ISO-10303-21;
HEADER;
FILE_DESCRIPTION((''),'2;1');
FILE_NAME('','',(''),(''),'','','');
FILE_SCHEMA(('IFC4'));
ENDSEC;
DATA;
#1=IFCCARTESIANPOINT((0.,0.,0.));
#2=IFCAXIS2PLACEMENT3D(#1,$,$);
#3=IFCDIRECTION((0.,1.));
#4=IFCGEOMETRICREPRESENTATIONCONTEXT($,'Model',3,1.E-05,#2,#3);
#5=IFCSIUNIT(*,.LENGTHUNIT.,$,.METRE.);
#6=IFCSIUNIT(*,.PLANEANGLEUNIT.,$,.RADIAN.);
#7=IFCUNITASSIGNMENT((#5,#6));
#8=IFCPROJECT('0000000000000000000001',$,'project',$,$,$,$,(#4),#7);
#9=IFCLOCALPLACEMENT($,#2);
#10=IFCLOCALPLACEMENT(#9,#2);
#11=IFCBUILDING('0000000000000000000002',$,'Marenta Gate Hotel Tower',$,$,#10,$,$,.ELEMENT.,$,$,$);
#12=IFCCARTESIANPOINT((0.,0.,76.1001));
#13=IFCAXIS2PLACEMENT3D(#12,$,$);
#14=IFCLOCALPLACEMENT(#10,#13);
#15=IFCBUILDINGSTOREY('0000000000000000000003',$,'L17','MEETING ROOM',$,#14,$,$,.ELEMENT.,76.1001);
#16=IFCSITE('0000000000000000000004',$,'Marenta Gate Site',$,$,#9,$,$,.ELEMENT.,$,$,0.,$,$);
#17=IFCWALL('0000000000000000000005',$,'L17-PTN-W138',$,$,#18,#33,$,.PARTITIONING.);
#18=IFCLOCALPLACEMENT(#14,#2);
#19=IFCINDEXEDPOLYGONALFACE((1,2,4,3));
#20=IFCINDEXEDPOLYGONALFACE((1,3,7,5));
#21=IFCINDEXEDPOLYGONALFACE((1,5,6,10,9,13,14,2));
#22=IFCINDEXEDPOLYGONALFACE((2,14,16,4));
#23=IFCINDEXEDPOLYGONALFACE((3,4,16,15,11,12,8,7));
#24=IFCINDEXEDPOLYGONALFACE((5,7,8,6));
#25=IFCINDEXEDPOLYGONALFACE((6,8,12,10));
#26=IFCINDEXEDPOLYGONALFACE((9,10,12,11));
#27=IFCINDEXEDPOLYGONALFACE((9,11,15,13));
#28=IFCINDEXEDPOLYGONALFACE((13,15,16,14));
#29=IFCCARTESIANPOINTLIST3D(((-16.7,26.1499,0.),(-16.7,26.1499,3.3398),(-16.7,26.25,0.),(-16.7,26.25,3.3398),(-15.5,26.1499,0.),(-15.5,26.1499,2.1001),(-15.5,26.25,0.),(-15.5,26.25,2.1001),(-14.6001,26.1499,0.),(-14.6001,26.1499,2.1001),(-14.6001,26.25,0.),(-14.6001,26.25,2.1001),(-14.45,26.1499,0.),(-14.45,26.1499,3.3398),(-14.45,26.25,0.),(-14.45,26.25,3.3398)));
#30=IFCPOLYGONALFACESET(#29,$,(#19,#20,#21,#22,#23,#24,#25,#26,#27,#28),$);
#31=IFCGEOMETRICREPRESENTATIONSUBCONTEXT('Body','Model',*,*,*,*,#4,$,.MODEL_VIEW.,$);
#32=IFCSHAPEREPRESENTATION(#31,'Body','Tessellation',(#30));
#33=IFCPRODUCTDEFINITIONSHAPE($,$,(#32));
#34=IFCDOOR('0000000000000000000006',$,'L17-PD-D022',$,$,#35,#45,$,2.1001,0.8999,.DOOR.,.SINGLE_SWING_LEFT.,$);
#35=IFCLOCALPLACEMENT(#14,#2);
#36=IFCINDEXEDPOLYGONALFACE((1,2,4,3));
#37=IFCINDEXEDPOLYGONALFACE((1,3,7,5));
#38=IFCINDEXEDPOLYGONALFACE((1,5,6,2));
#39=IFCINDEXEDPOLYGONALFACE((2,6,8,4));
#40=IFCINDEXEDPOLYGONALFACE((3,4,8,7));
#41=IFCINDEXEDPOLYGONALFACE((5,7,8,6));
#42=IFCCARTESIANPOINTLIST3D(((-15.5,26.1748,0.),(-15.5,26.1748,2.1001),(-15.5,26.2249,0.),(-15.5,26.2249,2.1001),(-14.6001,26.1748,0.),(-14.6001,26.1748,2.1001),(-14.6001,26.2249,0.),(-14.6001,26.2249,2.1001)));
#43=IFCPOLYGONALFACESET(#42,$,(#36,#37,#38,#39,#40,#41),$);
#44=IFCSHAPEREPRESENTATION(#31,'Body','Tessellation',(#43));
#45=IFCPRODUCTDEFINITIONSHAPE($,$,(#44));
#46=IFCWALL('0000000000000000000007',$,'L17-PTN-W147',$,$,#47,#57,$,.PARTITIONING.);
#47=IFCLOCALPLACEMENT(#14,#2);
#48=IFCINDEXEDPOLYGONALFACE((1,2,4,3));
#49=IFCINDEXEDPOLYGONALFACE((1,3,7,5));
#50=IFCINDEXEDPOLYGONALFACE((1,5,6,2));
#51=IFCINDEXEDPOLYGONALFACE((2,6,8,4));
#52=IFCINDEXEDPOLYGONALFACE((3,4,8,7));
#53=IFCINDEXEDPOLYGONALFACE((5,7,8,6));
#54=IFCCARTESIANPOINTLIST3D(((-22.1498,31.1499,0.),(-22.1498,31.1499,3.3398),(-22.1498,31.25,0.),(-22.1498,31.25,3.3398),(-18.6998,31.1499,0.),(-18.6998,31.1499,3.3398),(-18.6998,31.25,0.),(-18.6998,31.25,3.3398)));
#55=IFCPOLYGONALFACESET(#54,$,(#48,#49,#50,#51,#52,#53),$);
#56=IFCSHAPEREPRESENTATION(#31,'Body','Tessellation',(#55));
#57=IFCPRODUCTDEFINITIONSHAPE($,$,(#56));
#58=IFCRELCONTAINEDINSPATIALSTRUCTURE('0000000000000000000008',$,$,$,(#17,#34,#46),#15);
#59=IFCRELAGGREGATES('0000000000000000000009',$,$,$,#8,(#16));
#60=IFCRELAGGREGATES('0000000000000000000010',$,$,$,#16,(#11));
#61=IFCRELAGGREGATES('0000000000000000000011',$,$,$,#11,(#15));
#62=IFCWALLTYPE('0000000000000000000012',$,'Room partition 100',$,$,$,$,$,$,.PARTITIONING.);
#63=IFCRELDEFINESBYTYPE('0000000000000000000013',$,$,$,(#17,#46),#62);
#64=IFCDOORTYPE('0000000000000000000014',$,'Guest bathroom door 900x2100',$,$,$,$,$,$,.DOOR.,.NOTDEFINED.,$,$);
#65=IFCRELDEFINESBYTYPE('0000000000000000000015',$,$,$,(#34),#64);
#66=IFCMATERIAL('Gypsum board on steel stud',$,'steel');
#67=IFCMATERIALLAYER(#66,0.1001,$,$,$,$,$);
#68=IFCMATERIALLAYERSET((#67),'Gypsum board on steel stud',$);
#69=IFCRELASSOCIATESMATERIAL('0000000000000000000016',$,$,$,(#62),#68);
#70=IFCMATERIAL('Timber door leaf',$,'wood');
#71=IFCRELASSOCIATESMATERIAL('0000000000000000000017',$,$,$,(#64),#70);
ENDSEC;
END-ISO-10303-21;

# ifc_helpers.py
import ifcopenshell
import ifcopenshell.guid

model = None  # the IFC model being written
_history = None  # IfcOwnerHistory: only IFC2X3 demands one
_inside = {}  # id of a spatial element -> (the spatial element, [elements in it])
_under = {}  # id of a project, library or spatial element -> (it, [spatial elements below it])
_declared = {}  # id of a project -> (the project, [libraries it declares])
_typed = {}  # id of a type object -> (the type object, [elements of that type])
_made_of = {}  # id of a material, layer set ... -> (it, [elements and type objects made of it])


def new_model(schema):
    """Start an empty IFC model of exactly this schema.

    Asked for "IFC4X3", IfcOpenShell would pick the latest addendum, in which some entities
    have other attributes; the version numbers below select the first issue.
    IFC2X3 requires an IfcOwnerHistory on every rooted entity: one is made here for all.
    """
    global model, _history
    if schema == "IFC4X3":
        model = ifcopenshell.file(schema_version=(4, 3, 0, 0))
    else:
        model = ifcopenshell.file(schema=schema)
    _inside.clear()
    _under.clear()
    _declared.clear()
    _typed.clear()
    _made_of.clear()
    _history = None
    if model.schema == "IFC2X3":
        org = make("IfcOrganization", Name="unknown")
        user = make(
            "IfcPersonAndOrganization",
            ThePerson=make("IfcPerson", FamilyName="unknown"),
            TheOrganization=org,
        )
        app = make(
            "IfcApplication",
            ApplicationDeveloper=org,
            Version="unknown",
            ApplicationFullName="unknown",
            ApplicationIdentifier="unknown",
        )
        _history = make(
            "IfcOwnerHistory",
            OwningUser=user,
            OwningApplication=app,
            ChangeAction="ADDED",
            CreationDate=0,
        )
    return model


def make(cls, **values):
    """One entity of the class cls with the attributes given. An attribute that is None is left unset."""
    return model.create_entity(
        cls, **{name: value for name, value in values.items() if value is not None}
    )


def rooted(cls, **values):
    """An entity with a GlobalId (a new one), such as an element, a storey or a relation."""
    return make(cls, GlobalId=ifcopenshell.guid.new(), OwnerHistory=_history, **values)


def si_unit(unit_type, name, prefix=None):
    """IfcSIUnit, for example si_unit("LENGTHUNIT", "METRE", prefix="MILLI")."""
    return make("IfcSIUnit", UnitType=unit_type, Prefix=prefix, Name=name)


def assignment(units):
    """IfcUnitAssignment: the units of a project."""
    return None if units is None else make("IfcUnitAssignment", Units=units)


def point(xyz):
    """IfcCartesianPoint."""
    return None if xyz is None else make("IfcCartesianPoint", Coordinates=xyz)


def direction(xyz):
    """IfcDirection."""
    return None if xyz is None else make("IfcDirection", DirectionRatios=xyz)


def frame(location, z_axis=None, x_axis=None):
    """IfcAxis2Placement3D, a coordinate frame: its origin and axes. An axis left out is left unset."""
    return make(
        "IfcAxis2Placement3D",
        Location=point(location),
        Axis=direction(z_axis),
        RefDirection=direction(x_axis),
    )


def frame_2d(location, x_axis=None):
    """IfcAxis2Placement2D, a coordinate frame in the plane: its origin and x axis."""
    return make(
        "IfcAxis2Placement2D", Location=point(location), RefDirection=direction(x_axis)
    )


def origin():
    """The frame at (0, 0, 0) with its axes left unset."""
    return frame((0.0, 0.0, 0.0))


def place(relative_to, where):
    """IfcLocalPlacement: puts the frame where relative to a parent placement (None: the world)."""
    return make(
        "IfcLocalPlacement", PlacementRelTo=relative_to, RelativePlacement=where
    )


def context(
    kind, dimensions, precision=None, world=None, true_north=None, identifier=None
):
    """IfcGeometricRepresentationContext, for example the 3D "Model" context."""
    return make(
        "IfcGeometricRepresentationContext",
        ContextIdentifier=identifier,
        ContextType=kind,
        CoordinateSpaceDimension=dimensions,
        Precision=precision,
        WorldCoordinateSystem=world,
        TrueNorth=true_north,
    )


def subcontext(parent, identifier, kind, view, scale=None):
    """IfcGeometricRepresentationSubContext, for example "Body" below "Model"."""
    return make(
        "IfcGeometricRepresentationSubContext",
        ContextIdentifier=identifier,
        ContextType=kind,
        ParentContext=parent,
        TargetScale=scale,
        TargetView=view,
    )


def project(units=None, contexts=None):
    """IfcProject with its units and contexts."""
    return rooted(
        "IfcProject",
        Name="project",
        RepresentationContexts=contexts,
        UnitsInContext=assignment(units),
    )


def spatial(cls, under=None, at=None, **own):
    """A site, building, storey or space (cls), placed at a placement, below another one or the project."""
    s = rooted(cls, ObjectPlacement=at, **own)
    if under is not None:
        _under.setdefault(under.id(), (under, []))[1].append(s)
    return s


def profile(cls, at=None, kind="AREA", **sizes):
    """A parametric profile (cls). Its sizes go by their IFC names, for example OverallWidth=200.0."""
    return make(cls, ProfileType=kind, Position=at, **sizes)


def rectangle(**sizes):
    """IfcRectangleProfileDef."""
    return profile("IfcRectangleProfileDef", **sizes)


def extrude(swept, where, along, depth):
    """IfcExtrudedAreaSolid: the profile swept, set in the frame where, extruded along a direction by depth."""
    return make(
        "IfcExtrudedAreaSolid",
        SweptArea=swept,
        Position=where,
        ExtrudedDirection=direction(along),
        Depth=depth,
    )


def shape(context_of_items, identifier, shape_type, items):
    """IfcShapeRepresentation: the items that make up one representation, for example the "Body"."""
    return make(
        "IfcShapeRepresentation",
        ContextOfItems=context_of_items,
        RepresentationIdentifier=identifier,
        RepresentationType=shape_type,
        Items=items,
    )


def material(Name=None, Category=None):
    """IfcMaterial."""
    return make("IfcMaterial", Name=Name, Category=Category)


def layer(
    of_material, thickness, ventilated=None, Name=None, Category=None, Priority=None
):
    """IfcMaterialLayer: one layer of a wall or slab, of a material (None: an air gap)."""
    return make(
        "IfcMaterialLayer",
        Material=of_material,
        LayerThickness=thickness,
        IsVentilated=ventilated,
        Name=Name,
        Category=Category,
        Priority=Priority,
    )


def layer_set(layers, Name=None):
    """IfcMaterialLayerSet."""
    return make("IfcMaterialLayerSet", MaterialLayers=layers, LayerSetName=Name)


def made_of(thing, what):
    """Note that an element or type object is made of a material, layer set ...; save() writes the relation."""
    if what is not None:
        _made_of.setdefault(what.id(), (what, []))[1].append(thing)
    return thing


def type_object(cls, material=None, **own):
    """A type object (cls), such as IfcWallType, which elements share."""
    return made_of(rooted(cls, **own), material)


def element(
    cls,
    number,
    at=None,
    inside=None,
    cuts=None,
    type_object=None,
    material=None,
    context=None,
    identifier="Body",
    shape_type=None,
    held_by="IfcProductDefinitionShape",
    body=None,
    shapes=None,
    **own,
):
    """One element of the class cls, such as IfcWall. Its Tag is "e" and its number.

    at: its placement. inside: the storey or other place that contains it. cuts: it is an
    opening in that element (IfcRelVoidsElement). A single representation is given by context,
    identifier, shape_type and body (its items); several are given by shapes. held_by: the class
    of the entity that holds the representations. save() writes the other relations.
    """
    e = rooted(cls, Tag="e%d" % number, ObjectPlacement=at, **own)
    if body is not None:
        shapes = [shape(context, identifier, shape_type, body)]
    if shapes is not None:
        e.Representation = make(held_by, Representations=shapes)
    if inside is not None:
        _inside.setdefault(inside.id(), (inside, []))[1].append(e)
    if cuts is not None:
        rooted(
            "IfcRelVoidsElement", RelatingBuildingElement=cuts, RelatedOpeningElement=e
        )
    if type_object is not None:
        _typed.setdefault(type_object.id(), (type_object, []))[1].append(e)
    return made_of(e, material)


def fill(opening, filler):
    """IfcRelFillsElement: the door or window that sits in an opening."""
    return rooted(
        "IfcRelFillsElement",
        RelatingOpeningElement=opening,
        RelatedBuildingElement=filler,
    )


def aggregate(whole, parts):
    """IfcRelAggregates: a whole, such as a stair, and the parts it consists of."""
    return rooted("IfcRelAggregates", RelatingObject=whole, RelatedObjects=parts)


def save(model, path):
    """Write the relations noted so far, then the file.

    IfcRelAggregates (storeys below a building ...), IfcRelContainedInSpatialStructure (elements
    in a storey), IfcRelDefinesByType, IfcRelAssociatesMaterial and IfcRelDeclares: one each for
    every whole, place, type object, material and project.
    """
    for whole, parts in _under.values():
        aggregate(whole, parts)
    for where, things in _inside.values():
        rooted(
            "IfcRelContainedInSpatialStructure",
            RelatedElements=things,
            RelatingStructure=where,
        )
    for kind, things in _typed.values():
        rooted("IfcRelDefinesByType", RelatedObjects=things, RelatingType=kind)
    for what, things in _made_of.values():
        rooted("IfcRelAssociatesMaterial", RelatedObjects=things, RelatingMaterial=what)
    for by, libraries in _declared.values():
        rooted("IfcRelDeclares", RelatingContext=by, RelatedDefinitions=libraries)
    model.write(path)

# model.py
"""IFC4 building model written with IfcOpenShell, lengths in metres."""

from ifc_helpers import new_model, si_unit, direction, frame, frame_2d, origin, place, context, subcontext, project, spatial, rectangle, extrude, material, layer, layer_set, type_object, element, fill, save


model = new_model("IFC4")

# Units and contexts
model_context = context("Model", 3, precision=1e-05, world=origin(), true_north=direction((0.0, 1.0)))
body_context = subcontext(model_context, "Body", "Model", "MODEL_VIEW")
ifc_project = project(units=[si_unit("LENGTHUNIT", "METRE"), si_unit("PLANEANGLEUNIT", "RADIAN")], contexts=[model_context])

# Site, building, storey
site_placement = place(None, origin())
site = spatial("IfcSite", under=ifc_project, at=site_placement, Name="Marenta Gate Site", CompositionType="ELEMENT", RefElevation=0.0)
building_placement = place(site_placement, origin())
building = spatial("IfcBuilding", under=site, at=building_placement, Name="Marenta Gate Hotel Tower", CompositionType="ELEMENT")
storey_placement = place(building_placement, frame((0.0, 0.0, 76.1001)))
storey = spatial("IfcBuildingStorey", under=building, at=storey_placement, Name="L17", Description="MEETING ROOM", CompositionType="ELEMENT", Elevation=76.1001)

# Shared definitions
ifc_material_1 = material(Name="Gypsum board on steel stud", Category="steel")
ifc_layer_1 = layer(ifc_material_1, 0.1001)
ifc_layer_set_1 = layer_set([ifc_layer_1], Name="Gypsum board on steel stud")
wall_type_1 = type_object("IfcWallType", Name="Room partition 100", PredefinedType="PARTITIONING", material=ifc_layer_set_1)

# Wall, opening, door
ifc_material_2 = material(Name="Timber door leaf", Category="wood")
door_type_1 = type_object("IfcDoorType", Name="Guest bathroom door 900x2100", OperationType="NOTDEFINED", PredefinedType="DOOR", material=ifc_material_2)
wall_1_placement = place(storey_placement, frame((-16.7, 26.2, 0.0), z_axis=(0.0, 0.0, 1.0), x_axis=(1.0, 0.0, 0.0)))
wall_1 = element("IfcWall", 1, at=wall_1_placement, inside=storey, type_object=wall_type_1, Name="L17-PTN-W138", PredefinedType="PARTITIONING", context=body_context, shape_type="SweptSolid", body=[
    extrude(rectangle(XDim=2.25, YDim=0.1001, at=frame_2d((1.125, 0.0))), origin(), (0.0, 0.0, 1.0), 3.3398),
])
opening_1_placement = place(wall_1_placement, frame((1.2, 0.0, 0.0)))
opening_1 = element("IfcOpeningElement", 2, at=opening_1_placement, cuts=wall_1, PredefinedType="OPENING", context=body_context, shape_type="SweptSolid", body=[
    extrude(rectangle(XDim=0.8999, YDim=2.1001, at=frame_2d((0.45, 1.05))), frame((0.0, 0.05, 0.0), z_axis=(0.0, -1.0, 0.0), x_axis=(1.0, 0.0, 0.0)), (0.0, 0.0, 1.0), 0.1001),
])
door_1_placement = place(opening_1_placement, origin())
door_1 = element("IfcDoor", 3, at=door_1_placement, inside=storey, type_object=door_type_1, Name="L17-PD-D022", OperationType="SINGLE_SWING_LEFT", OverallHeight=2.1001, OverallWidth=0.8999, PredefinedType="DOOR", context=body_context, shape_type="SweptSolid", body=[
    extrude(rectangle(XDim=0.8999, YDim=2.1001, at=frame_2d((0.45, 1.05))), frame((0.0, 0.0249, 0.0), z_axis=(0.0, -1.0, 0.0), x_axis=(1.0, 0.0, 0.0)), (0.0, 0.0, 1.0), 0.05),
])
fill(opening_1, door_1)

# Wall
wall_2_placement = place(storey_placement, frame((-22.1499, 31.2, 0.0), z_axis=(0.0, 0.0, 1.0), x_axis=(1.0, 0.0, 0.0)))
element("IfcWall", 4, at=wall_2_placement, inside=storey, type_object=wall_type_1, Name="L17-PTN-W147", PredefinedType="PARTITIONING", context=body_context, shape_type="SweptSolid", body=[
    extrude(rectangle(XDim=3.45, YDim=0.1001, at=frame_2d((1.7251, 0.0))), origin(), (0.0, 0.0, 1.0), 3.3398),
])

save(model, "model.ifc")
